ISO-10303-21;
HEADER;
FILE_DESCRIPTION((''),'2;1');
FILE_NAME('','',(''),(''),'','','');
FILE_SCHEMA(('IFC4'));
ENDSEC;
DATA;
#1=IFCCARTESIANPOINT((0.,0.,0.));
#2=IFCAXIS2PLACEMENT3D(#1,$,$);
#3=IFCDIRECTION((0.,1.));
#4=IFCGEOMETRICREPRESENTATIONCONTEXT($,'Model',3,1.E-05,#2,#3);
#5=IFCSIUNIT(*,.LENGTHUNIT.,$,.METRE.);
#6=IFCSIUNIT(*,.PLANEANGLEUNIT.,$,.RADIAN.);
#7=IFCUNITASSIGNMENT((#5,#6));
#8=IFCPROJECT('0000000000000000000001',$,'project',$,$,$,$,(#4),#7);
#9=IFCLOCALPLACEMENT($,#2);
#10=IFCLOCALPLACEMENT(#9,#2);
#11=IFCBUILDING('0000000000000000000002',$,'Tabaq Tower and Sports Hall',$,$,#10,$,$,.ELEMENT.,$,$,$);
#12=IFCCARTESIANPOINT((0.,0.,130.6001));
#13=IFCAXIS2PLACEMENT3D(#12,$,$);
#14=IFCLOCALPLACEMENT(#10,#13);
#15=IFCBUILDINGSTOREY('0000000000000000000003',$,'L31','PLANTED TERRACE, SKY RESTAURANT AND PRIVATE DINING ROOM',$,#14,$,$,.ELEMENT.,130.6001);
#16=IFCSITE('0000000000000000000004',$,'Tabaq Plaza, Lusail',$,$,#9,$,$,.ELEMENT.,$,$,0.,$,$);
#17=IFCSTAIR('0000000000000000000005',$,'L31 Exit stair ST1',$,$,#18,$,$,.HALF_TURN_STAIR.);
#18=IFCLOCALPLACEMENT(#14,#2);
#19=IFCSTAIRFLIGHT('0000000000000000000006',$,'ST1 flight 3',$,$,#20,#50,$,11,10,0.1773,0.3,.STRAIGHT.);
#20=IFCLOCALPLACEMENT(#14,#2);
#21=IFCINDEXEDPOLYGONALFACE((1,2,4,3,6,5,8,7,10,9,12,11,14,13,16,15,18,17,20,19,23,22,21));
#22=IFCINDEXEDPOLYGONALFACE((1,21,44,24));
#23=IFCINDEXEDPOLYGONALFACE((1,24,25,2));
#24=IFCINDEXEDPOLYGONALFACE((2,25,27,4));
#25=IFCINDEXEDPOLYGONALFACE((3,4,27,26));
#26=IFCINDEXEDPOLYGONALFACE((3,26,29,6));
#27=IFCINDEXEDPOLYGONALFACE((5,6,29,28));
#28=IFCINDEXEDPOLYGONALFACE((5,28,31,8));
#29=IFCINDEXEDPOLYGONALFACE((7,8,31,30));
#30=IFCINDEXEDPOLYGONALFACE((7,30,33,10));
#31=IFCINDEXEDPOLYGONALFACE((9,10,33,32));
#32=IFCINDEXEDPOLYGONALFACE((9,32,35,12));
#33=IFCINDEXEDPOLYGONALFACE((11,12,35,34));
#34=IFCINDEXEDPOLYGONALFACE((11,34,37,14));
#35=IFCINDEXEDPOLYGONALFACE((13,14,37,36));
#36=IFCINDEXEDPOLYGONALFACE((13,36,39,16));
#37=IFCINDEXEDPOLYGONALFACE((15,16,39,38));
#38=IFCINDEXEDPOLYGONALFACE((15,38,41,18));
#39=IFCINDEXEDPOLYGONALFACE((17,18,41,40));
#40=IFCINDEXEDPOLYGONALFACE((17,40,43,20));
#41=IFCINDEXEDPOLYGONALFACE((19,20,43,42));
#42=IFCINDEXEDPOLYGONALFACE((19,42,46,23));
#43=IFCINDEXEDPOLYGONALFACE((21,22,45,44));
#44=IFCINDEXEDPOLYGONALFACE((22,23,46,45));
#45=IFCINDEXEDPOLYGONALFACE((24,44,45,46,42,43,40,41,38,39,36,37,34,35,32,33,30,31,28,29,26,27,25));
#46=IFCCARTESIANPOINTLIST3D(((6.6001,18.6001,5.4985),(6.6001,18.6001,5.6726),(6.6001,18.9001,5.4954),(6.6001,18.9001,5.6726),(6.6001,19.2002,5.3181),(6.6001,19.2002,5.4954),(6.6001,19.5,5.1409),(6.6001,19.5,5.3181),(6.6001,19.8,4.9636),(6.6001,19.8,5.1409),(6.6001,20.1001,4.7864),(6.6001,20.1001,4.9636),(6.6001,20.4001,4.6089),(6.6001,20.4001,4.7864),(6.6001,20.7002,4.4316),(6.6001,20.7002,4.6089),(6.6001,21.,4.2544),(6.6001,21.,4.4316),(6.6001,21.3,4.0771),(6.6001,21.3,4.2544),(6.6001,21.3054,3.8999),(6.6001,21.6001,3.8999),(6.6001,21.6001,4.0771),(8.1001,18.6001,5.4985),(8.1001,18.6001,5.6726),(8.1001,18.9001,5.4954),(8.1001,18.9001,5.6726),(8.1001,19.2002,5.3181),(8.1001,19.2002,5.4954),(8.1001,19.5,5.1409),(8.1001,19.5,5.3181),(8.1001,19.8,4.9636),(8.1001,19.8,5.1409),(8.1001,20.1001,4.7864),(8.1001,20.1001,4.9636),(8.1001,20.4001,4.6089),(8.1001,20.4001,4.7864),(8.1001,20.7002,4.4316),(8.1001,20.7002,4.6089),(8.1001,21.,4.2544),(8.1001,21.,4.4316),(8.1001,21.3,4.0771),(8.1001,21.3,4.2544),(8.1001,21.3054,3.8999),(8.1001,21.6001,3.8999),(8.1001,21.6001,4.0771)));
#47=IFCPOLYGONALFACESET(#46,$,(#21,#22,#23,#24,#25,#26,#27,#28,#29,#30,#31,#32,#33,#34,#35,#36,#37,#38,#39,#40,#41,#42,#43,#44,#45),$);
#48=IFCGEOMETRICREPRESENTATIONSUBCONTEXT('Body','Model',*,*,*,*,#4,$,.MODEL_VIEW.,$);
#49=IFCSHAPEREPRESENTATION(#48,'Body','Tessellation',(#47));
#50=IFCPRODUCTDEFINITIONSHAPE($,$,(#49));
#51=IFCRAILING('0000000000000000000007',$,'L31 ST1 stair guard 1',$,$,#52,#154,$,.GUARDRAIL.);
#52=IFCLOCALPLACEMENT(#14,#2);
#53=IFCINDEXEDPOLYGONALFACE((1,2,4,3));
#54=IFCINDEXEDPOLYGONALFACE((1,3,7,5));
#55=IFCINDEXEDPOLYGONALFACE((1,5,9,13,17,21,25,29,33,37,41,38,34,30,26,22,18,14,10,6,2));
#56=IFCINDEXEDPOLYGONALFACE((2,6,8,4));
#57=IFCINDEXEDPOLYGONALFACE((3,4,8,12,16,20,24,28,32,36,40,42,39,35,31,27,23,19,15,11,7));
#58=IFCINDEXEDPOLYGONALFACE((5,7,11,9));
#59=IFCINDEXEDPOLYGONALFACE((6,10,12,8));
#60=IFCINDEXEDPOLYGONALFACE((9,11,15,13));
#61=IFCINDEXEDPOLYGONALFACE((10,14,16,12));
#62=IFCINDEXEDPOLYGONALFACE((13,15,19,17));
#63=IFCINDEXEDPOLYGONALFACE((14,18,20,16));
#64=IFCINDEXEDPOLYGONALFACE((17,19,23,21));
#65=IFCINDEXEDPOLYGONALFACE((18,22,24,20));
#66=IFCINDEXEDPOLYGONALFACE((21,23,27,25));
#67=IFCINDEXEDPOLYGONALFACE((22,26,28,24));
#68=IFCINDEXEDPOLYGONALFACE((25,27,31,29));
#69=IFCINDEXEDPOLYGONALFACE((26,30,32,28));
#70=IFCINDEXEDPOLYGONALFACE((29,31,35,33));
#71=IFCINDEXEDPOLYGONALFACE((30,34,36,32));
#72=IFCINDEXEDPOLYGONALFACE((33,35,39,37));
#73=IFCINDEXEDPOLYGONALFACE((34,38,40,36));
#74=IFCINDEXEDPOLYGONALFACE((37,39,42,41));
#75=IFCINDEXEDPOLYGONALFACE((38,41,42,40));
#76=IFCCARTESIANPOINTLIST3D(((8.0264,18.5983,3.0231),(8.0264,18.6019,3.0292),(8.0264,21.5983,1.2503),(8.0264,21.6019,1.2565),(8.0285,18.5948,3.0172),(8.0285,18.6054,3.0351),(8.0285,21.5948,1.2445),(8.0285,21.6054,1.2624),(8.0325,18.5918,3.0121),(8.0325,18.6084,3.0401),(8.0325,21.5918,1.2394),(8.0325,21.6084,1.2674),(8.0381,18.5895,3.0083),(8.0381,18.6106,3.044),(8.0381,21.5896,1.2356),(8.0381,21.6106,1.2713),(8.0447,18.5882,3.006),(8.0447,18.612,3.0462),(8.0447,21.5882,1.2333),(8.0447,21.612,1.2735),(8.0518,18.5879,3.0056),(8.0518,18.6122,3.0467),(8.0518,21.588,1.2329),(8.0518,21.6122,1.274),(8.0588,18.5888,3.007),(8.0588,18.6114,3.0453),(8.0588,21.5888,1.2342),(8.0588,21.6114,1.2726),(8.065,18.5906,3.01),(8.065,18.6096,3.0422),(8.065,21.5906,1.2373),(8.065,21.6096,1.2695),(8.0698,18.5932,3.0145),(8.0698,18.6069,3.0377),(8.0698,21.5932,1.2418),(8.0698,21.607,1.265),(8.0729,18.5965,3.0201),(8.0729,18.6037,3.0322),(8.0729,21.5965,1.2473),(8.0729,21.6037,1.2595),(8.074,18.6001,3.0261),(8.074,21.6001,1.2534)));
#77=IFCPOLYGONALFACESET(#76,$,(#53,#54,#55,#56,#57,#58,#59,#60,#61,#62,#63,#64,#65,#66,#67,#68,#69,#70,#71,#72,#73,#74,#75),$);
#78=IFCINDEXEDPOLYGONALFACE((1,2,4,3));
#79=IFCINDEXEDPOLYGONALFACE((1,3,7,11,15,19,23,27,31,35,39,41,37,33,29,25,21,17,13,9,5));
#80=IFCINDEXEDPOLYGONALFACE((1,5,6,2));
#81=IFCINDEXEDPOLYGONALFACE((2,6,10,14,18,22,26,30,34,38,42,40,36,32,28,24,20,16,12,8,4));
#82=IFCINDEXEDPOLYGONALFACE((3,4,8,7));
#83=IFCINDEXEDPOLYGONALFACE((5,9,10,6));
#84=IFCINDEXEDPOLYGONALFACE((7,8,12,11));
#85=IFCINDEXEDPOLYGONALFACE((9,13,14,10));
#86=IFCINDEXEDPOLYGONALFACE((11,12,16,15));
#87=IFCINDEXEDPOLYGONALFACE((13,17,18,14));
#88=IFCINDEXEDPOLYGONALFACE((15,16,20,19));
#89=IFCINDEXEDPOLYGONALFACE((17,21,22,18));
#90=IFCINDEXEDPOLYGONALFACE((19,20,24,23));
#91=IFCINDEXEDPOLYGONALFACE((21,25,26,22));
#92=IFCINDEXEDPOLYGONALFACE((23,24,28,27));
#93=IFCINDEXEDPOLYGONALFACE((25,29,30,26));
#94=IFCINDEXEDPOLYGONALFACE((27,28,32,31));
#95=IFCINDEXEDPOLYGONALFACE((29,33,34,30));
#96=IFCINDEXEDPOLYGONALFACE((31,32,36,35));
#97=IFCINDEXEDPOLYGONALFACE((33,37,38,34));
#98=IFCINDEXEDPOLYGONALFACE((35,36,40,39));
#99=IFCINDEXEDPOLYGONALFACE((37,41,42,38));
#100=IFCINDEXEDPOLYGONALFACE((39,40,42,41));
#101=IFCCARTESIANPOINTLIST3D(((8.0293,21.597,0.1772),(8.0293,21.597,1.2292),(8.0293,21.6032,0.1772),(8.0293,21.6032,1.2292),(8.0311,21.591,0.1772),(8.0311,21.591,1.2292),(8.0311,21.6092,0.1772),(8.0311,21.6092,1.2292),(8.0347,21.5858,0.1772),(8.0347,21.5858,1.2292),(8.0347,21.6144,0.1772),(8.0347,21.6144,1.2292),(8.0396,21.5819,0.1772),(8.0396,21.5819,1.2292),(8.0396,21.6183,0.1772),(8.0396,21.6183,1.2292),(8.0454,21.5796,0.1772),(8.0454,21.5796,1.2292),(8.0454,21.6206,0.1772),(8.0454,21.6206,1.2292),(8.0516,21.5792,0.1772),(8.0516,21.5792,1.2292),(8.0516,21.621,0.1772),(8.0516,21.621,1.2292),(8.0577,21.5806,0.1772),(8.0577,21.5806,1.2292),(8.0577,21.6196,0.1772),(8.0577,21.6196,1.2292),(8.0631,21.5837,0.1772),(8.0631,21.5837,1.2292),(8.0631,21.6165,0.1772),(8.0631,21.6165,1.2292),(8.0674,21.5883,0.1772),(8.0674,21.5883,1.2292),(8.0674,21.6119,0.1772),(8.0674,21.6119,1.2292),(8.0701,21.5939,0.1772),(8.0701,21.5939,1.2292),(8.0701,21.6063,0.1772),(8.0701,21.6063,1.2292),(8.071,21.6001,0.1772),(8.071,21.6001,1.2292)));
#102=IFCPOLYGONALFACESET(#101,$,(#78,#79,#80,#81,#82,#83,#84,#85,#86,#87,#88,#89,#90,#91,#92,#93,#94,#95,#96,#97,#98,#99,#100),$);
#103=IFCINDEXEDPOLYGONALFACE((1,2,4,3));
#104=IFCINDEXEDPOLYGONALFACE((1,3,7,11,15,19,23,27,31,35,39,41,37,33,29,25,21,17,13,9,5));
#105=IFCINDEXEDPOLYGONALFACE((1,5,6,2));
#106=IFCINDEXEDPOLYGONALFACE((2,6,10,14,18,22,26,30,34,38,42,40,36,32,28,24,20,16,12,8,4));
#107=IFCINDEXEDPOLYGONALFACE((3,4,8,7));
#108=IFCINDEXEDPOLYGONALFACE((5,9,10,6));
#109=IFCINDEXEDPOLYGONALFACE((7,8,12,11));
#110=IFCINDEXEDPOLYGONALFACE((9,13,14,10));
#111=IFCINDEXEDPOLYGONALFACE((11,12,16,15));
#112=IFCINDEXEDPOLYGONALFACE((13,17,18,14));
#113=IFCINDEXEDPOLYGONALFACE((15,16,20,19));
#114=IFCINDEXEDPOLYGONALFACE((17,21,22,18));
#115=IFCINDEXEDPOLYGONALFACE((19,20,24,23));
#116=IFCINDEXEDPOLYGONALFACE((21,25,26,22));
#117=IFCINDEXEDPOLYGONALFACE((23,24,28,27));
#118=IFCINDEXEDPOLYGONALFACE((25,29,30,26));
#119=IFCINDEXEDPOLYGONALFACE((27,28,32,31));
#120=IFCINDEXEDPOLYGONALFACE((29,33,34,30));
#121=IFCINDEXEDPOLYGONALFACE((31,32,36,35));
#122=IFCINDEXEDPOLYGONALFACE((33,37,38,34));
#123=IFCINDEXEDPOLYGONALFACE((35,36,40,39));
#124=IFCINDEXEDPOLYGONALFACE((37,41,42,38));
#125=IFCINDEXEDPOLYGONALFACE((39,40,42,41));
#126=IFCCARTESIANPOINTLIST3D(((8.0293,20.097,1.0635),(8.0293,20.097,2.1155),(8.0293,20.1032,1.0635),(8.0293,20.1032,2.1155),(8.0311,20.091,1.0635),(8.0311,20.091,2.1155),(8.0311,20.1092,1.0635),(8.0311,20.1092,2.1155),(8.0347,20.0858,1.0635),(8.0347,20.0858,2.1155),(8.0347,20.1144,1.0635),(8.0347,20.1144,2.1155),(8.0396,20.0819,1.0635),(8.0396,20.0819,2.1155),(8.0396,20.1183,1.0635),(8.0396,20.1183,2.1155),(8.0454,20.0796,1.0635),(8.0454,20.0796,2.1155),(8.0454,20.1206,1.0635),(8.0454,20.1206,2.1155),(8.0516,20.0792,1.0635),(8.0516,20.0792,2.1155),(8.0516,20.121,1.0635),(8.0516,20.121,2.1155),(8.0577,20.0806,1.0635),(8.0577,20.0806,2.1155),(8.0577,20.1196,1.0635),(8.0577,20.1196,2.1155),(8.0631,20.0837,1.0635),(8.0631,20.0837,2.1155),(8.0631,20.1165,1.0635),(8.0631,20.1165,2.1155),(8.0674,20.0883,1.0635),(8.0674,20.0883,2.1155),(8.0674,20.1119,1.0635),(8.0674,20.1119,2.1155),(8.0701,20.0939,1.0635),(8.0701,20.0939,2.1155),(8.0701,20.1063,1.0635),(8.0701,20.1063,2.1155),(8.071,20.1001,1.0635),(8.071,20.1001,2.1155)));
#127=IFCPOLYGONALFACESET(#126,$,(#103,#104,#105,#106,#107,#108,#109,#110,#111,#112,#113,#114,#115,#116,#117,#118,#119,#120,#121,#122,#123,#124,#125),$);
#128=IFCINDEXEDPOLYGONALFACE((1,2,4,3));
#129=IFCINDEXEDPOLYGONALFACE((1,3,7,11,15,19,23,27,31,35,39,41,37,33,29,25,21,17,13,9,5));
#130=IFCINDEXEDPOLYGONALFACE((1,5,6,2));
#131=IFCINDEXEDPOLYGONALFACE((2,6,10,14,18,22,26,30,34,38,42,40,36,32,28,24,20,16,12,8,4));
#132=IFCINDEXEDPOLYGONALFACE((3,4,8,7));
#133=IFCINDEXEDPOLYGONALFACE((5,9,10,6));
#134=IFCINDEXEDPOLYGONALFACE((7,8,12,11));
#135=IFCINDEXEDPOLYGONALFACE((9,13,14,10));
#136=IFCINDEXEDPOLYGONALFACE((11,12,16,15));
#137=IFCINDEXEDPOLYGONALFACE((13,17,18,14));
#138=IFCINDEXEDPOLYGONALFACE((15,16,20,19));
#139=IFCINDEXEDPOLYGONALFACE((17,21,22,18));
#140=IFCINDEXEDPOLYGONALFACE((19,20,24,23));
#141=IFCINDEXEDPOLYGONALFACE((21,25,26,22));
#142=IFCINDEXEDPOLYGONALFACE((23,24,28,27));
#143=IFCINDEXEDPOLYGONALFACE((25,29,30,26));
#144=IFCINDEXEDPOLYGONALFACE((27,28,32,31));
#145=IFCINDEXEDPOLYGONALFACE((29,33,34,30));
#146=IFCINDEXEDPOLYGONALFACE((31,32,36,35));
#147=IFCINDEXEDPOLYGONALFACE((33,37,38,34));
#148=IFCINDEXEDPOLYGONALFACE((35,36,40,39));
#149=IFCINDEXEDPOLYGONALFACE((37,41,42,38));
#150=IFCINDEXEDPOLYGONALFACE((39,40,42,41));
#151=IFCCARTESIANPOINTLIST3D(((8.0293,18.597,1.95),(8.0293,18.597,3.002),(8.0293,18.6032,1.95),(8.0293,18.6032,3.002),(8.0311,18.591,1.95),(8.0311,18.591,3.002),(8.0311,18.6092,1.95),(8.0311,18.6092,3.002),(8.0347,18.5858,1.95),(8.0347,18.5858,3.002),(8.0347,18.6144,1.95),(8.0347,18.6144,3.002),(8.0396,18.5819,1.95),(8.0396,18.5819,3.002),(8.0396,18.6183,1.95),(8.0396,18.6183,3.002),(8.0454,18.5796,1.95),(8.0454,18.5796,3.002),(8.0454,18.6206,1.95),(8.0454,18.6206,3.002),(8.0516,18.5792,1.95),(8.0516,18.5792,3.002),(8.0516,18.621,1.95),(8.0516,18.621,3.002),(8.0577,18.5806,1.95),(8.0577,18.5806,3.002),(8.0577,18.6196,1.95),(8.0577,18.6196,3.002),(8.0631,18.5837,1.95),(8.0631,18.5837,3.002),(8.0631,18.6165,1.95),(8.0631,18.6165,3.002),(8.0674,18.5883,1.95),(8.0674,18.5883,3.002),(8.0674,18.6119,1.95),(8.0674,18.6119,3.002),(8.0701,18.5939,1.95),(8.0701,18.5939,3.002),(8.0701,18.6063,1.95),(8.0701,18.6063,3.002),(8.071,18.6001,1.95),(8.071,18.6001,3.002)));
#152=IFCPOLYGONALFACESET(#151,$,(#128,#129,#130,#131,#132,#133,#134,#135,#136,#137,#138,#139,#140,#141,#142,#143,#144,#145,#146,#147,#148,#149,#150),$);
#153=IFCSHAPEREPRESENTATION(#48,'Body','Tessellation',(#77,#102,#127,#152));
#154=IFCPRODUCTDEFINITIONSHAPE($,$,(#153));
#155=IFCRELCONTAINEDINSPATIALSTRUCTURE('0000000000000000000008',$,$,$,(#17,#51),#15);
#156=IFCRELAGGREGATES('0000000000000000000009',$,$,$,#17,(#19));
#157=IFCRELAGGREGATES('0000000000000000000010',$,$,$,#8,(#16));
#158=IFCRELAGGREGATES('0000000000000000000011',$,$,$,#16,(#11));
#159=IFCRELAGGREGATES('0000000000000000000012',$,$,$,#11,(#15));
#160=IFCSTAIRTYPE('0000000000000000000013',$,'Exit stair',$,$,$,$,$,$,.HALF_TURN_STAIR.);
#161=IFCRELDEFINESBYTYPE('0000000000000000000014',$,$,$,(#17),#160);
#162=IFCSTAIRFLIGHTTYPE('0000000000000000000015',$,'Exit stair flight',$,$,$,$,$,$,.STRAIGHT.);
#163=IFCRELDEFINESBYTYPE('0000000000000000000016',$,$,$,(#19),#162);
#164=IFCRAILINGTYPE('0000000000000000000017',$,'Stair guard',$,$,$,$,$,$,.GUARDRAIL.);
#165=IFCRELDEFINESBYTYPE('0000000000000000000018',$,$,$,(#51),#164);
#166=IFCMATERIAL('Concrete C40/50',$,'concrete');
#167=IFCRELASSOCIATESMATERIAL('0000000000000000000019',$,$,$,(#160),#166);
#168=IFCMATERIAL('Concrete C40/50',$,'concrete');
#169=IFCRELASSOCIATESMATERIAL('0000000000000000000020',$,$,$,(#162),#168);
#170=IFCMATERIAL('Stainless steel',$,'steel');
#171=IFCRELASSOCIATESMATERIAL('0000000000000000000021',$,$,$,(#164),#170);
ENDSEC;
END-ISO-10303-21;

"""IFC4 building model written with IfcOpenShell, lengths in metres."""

from ifc_helpers import new_model, si_unit, direction, frame, origin, origin_2d, place, context, subcontext, project, spatial, polyline, circle, outline, extrude, material, type_object, element, aggregate, save


model = new_model("IFC4")

# Units and contexts
model_context = context("Model", 3, precision=1e-05, world=origin(), true_north=direction((0.0, 1.0)))
body_context = subcontext(model_context, "Body", "Model", "MODEL_VIEW")
ifc_project = project(units=[si_unit("LENGTHUNIT", "METRE"), si_unit("PLANEANGLEUNIT", "RADIAN")], contexts=[model_context])

# Site, building, storey
site_placement = place(None, origin())
site = spatial("IfcSite", under=ifc_project, at=site_placement, Name="Tabaq Plaza, Lusail", CompositionType="ELEMENT", RefElevation=0.0)
building_placement = place(site_placement, origin())
building = spatial("IfcBuilding", under=site, at=building_placement, Name="Tabaq Tower and Sports Hall", CompositionType="ELEMENT")
storey_placement = place(building_placement, frame((0.0, 0.0, 130.6001)))
storey = spatial("IfcBuildingStorey", under=building, at=storey_placement, Name="L31", Description="PLANTED TERRACE, SKY RESTAURANT AND PRIVATE DINING ROOM", CompositionType="ELEMENT", Elevation=130.6001)

# Stair, stair flight
ifc_material_1 = material(Name="Concrete C40/50", Category="concrete")
stair_type = type_object("IfcStairType", Name="Exit stair", PredefinedType="HALF_TURN_STAIR", material=ifc_material_1)
stair_placement = place(storey_placement, origin())
stair = element("IfcStair", 1, at=stair_placement, inside=storey, type_object=stair_type, Name="L31 Exit stair ST1", PredefinedType="HALF_TURN_STAIR")
ifc_material_2 = material(Name="Concrete C40/50", Category="concrete")
stair_flight_type = type_object("IfcStairFlightType", Name="Exit stair flight", PredefinedType="STRAIGHT", material=ifc_material_2)
stair_flight_1_placement = place(storey_placement, frame((7.3501, 21.6001, 3.8999), z_axis=(0.0, 0.0, 1.0), x_axis=(0.0, -1.0, 0.0)))
stair_flight_1 = element("IfcStairFlight", 2, at=stair_flight_1_placement, type_object=stair_flight_type, Name="ST1 flight 3", NumberOfRisers=11, NumberOfTreads=10, PredefinedType="STRAIGHT", RiserHeight=0.1773, TreadLength=0.3, context=body_context, shape_type="SweptSolid", body=[
    extrude(outline(polyline([(0.0, 0.0), (0.0, 0.1772), (0.3, 0.1772), (0.3, 0.3545), (0.6001, 0.3545), (0.6001, 0.5317), (0.8999, 0.5317), (0.8999, 0.709), (1.2, 0.709), (1.2, 0.8865), (1.5, 0.8865), (1.5, 1.0637), (1.8, 1.0637), (1.8, 1.241), (2.1001, 1.241), (2.1001, 1.4182), (2.3999, 1.4182), (2.3999, 1.5955), (2.7, 1.5955), (2.7, 1.7727), (3.0, 1.7727), (3.0, 1.95), (3.0, 1.5986), (0.2947, 0.0), (0.0, 0.0)])), frame((0.0, 0.75, 0.0), z_axis=(0.0, -1.0, 0.0), x_axis=(1.0, 0.0, 0.0)), (0.0, 0.0, 1.0), 1.5),
])
aggregate(stair, [stair_flight_1])

# Railing
ifc_material_3 = material(Name="Stainless steel", Category="steel")
railing_type = type_object("IfcRailingType", Name="Stair guard", PredefinedType="GUARDRAIL", material=ifc_material_3)
railing_1_placement = place(storey_placement, frame((8.05, 21.6001, 0.1772)))
element("IfcRailing", 3, at=railing_1_placement, inside=storey, type_object=railing_type, Name="L31 ST1 stair guard 1", PredefinedType="GUARDRAIL", context=body_context, shape_type="SweptSolid", body=[
    extrude(circle(Radius=0.0239, at=origin_2d()), frame((0.0, 0.0, 1.0762), z_axis=(0.0, -0.860929, 0.508725), x_axis=(1.0, 0.0, 0.0)), (0.0, 0.0, 1.0), 3.4846),
    extrude(circle(Radius=0.021, at=origin_2d()), origin(), (0.0, 0.0, 1.0), 1.052),
    extrude(circle(Radius=0.021, at=origin_2d()), frame((0.0, -1.5, 0.8862)), (0.0, 0.0, 1.0), 1.052),
    extrude(circle(Radius=0.021, at=origin_2d()), frame((0.0, -3.0, 1.7727)), (0.0, 0.0, 1.0), 1.052),
])

save(model, "model.ifc")
